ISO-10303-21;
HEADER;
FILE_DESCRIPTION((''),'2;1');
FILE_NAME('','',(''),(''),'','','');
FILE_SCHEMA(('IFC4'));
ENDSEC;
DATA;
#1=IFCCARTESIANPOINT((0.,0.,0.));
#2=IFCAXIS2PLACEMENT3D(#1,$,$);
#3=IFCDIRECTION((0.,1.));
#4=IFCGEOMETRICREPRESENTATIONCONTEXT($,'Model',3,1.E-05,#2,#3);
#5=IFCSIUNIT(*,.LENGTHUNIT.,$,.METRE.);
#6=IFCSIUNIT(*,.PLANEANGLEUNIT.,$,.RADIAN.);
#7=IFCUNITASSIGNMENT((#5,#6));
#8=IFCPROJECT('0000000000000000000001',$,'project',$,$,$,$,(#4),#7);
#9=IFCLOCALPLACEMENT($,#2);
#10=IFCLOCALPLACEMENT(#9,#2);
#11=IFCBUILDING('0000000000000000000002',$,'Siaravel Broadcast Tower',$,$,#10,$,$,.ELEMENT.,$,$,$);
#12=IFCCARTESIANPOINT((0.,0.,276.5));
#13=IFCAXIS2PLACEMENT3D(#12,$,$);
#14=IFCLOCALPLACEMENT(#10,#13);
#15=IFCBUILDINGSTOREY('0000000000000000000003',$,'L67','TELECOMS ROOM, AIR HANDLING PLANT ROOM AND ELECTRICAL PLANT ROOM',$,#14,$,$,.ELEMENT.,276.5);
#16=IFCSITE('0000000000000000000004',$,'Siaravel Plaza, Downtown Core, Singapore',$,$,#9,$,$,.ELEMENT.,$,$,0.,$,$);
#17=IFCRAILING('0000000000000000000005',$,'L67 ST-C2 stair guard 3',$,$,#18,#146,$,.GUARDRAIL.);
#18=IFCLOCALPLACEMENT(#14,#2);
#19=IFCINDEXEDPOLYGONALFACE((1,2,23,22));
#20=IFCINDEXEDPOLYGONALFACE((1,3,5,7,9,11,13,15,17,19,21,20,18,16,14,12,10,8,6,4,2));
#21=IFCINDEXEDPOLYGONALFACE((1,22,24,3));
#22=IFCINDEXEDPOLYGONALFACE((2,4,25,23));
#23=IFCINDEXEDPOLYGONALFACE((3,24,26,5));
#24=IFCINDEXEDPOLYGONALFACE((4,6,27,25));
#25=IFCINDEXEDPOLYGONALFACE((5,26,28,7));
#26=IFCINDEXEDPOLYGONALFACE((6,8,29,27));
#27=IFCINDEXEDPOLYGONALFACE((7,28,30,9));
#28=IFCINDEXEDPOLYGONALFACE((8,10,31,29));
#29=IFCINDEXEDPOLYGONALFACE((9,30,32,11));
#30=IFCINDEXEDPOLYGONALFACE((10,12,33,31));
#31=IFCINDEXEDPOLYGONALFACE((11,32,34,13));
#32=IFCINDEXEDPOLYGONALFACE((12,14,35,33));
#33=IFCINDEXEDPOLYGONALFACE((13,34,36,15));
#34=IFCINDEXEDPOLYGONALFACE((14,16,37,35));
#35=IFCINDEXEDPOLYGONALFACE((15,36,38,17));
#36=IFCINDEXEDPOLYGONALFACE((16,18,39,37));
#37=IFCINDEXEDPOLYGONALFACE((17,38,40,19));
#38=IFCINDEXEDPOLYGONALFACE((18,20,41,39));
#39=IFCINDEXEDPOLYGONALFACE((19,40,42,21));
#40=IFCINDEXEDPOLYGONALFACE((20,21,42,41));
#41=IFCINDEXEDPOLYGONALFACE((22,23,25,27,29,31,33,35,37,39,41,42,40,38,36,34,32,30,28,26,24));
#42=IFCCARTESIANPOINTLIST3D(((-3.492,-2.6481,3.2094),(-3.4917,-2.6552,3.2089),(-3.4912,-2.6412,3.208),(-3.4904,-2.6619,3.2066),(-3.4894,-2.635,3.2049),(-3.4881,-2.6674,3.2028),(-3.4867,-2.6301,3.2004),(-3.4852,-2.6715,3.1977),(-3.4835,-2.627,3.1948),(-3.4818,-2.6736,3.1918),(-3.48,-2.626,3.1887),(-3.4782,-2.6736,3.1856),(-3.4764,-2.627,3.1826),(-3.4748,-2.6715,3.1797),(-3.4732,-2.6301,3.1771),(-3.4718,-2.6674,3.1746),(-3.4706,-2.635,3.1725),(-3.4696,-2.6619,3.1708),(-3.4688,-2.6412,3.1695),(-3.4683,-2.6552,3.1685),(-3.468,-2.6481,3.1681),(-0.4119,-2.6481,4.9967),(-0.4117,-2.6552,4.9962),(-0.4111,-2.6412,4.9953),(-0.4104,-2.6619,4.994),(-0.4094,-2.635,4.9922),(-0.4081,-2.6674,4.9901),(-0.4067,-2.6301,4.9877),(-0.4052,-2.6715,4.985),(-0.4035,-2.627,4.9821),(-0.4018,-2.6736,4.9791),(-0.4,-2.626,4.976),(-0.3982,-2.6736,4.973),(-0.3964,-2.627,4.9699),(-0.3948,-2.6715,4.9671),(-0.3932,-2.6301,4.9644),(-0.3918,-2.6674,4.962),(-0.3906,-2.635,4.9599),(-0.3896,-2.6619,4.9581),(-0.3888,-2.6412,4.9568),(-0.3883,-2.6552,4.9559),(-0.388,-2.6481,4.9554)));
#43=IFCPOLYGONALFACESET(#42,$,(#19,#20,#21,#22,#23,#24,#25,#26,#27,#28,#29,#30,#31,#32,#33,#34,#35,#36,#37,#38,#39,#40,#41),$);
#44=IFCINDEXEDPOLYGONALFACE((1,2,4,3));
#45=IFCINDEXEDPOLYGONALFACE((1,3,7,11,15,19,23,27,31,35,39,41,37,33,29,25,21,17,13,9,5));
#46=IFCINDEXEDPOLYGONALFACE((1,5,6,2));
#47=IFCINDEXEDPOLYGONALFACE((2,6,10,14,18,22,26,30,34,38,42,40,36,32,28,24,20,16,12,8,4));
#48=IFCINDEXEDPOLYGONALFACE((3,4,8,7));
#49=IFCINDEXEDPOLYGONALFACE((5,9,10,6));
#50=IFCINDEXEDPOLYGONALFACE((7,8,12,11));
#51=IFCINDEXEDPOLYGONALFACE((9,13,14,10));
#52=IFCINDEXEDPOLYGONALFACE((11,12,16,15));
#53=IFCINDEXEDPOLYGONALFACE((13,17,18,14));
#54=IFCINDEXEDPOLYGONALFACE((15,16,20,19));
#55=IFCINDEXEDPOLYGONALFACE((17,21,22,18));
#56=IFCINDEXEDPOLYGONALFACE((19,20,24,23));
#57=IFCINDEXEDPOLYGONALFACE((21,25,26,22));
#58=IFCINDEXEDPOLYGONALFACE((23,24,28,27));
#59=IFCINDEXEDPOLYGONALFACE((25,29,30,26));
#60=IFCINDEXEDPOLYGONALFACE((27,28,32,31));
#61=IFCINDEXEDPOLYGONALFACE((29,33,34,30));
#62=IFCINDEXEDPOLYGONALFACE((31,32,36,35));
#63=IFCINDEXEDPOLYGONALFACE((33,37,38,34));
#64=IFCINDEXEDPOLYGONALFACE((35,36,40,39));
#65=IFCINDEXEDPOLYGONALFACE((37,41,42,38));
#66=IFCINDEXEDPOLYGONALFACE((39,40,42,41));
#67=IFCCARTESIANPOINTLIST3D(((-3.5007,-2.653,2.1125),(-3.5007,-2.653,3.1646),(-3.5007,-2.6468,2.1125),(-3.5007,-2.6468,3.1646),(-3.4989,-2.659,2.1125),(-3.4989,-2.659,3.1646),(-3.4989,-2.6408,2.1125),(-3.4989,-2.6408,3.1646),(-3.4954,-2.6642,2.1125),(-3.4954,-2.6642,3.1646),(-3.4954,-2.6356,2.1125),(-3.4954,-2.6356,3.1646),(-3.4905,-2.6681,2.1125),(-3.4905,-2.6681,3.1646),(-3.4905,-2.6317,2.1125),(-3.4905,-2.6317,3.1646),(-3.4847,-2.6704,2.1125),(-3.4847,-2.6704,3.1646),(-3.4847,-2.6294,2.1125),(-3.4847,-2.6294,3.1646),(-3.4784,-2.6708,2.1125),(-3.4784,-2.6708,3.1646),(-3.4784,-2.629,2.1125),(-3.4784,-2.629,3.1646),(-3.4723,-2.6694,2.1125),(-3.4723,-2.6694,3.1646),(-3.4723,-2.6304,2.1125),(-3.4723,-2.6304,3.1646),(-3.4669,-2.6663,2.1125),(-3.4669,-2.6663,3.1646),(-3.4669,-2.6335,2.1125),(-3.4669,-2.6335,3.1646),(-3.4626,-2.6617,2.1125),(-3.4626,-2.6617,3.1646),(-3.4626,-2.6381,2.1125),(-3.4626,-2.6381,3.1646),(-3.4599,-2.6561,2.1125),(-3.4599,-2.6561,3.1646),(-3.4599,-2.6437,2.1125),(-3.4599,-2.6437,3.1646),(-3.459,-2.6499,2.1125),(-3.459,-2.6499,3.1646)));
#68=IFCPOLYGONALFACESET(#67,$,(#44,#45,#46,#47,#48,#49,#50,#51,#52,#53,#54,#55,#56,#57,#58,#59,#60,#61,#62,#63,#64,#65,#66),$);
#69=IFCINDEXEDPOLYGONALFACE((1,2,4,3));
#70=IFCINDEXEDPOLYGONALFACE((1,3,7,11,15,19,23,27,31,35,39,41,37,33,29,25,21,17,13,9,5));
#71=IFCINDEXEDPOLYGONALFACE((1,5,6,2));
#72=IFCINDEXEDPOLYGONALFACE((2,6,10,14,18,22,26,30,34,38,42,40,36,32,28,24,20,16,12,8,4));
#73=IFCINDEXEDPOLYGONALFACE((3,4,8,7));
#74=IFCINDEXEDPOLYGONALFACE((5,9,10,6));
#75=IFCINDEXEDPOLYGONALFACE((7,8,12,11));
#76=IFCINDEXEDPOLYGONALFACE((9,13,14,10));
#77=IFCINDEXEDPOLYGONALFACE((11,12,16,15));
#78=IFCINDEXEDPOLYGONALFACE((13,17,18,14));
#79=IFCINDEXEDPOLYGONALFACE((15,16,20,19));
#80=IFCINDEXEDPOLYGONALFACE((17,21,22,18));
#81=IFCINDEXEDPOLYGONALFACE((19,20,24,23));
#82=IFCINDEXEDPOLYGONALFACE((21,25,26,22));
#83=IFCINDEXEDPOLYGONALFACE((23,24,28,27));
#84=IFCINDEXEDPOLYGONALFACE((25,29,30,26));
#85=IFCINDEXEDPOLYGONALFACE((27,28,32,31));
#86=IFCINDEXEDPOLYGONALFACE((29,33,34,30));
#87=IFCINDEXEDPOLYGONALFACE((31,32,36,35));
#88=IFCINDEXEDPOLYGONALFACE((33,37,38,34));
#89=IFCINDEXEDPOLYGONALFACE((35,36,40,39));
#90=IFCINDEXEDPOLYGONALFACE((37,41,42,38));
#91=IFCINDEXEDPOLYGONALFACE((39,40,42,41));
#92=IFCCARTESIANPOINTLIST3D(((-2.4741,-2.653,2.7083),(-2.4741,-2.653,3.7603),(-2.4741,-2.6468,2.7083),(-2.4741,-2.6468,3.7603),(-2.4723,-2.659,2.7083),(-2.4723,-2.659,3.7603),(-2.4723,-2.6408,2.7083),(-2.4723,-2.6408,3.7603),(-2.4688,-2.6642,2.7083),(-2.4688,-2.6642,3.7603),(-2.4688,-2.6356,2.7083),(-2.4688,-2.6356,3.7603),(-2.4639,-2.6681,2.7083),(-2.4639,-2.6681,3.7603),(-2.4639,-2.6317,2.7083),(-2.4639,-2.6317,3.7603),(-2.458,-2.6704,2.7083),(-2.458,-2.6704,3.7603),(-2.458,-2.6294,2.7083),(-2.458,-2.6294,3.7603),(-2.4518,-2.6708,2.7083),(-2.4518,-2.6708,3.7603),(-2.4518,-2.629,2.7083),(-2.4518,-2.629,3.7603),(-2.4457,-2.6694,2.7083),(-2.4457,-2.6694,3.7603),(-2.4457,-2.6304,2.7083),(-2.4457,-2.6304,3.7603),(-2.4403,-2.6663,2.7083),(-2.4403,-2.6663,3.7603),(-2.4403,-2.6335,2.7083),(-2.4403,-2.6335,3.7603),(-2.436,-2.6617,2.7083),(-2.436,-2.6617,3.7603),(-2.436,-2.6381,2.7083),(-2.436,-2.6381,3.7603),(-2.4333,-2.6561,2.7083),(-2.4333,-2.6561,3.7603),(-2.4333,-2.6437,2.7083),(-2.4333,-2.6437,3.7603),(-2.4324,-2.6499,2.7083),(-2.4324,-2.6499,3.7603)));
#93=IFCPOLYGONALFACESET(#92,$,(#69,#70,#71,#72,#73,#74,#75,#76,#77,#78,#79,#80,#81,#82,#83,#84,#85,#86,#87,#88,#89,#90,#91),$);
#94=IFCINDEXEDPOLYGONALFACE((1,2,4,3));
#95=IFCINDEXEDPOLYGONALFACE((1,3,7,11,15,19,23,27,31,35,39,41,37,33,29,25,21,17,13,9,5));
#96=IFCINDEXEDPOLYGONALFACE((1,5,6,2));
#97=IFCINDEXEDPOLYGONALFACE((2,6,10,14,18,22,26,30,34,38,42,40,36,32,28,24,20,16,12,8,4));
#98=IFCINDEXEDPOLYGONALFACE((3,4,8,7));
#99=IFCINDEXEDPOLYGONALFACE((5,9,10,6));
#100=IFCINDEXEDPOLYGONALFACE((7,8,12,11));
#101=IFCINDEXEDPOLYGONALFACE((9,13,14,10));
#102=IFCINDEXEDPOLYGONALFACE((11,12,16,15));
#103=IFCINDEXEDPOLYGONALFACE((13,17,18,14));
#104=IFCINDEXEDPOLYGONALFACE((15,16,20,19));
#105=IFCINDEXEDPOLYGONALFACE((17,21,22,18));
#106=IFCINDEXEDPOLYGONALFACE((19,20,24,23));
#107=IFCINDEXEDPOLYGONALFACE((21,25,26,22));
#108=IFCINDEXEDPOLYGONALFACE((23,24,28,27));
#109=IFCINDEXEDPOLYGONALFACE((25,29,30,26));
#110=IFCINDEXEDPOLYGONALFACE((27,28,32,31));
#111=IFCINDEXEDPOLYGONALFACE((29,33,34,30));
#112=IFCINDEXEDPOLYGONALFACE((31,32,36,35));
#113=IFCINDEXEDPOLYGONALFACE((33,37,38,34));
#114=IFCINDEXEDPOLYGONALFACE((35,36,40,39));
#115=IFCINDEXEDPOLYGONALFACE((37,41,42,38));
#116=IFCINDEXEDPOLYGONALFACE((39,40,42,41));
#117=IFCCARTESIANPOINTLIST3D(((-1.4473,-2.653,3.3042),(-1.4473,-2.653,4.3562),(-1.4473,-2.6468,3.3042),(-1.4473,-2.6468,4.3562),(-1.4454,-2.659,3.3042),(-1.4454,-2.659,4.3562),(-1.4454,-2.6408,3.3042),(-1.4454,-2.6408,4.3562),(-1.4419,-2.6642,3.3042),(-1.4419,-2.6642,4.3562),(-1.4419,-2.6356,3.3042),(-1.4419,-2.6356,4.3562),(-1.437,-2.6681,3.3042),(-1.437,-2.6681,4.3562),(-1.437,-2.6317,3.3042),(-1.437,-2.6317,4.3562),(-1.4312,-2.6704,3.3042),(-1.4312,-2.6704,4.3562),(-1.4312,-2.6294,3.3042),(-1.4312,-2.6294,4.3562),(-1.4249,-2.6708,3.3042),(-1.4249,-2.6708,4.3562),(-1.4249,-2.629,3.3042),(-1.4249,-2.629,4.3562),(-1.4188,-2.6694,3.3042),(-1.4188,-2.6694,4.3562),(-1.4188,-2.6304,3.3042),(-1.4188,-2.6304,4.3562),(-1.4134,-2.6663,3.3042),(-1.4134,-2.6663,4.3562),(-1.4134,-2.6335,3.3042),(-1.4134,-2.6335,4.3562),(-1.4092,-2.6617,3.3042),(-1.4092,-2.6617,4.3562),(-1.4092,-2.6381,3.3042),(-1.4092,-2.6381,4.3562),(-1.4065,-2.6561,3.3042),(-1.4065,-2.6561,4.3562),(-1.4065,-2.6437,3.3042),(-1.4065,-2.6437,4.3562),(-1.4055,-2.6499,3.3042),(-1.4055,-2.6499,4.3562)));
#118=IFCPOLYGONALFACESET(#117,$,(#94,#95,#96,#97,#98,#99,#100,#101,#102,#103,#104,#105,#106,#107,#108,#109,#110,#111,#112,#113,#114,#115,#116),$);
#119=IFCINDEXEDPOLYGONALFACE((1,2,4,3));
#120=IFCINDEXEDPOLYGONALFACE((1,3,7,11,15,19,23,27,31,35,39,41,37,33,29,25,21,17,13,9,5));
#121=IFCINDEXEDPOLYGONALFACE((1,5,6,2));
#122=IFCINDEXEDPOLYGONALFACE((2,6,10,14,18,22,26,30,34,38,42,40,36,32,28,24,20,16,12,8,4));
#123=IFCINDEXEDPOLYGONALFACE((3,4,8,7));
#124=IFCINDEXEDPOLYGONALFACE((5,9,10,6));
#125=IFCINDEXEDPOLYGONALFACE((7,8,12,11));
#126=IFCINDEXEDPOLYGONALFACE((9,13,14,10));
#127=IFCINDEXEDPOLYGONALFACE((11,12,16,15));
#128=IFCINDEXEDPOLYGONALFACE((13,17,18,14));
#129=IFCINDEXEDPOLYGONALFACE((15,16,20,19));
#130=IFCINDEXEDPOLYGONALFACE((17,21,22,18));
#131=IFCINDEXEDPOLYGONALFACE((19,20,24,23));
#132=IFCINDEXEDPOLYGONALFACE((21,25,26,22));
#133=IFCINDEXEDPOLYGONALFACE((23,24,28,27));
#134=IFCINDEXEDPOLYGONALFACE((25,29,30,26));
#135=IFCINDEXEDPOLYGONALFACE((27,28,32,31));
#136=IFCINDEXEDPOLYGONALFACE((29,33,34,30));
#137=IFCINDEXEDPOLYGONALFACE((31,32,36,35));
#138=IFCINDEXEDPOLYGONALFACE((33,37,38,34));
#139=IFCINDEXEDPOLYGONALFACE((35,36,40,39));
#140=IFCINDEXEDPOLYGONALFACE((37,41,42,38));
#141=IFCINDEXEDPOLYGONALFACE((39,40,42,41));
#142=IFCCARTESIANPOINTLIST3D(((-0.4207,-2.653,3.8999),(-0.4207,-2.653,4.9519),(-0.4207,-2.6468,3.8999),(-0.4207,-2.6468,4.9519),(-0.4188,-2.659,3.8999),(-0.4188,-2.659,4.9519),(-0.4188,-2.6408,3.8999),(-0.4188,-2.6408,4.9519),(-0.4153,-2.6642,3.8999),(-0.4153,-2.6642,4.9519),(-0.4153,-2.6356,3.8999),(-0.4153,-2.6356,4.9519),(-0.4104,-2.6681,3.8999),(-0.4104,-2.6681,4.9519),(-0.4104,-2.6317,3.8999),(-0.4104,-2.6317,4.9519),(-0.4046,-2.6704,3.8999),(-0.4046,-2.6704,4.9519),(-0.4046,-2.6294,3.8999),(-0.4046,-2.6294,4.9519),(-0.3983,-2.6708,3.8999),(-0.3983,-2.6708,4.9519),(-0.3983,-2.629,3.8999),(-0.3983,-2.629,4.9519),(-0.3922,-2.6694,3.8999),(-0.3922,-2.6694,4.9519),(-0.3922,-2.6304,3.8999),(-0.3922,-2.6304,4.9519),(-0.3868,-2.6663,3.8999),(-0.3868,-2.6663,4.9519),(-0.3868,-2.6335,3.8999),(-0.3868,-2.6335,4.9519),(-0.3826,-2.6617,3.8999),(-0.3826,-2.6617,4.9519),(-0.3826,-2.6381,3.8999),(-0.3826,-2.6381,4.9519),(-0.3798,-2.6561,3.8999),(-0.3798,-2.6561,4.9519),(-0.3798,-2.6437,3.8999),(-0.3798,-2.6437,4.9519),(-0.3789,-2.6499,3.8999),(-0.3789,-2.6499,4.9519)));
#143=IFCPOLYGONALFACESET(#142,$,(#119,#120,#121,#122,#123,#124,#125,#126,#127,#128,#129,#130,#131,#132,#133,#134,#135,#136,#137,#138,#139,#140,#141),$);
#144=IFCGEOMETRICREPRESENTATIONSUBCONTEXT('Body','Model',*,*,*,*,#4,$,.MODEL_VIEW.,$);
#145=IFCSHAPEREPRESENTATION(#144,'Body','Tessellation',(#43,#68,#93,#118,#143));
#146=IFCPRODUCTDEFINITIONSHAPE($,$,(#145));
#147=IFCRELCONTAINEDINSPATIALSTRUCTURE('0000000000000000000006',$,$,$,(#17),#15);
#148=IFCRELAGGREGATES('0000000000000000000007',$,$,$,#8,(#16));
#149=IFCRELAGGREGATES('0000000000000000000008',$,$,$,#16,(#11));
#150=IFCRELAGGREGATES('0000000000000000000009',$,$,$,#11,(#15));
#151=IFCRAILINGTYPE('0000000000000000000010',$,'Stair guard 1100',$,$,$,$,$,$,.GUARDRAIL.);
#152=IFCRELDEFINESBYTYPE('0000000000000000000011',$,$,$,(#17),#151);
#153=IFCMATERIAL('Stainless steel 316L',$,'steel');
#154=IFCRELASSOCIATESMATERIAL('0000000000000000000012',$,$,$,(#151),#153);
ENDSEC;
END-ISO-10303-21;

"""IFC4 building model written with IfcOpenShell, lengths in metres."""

from ifc_helpers import new_model, si_unit, direction, frame, origin, origin_2d, place, context, subcontext, project, spatial, circle, extrude, material, type_object, element, save


model = new_model("IFC4")

# Units and contexts
model_context = context("Model", 3, precision=1e-05, world=origin(), true_north=direction((0.0, 1.0)))
body_context = subcontext(model_context, "Body", "Model", "MODEL_VIEW")
ifc_project = project(units=[si_unit("LENGTHUNIT", "METRE"), si_unit("PLANEANGLEUNIT", "RADIAN")], contexts=[model_context])

# Site, building, storey
site_placement = place(None, origin())
site = spatial("IfcSite", under=ifc_project, at=site_placement, Name="Siaravel Plaza, Downtown Core, Singapore", CompositionType="ELEMENT", RefElevation=0.0)
building_placement = place(site_placement, origin())
building = spatial("IfcBuilding", under=site, at=building_placement, Name="Siaravel Broadcast Tower", CompositionType="ELEMENT")
storey_placement = place(building_placement, frame((0.0, 0.0, 276.5)))
storey = spatial("IfcBuildingStorey", under=building, at=storey_placement, Name="L67", Description="TELECOMS ROOM, AIR HANDLING PLANT ROOM AND ELECTRICAL PLANT ROOM", CompositionType="ELEMENT", Elevation=276.5)

# Shared definitions
ifc_material_1 = material(Name="Stainless steel 316L", Category="steel")

# Railing
railing_type_1 = type_object("IfcRailingType", Name="Stair guard 1100", PredefinedType="GUARDRAIL", material=ifc_material_1)
railing_1_placement = place(storey_placement, frame((-3.48, -2.6499, 2.1125)))
element("IfcRailing", 1, at=railing_1_placement, inside=storey, type_object=railing_type_1, Name="L67 ST-C2 stair guard 3", PredefinedType="GUARDRAIL", context=body_context, shape_type="SweptSolid", body=[
    extrude(circle(Radius=0.0239, at=origin_2d()), frame((0.0, 0.0, 1.0762), z_axis=(0.86492, 0.0, 0.501909), x_axis=(0.0, 1.0, 0.0)), (0.0, 0.0, 1.0), 3.561),
    extrude(circle(Radius=0.021, at=origin_2d()), origin(), (0.0, 0.0, 1.0), 1.052),
    extrude(circle(Radius=0.021, at=origin_2d()), frame((1.0266, 0.0, 0.5957)), (0.0, 0.0, 1.0), 1.052),
    extrude(circle(Radius=0.021, at=origin_2d()), frame((2.0535, 0.0, 1.1917)), (0.0, 0.0, 1.0), 1.052),
    extrude(circle(Radius=0.021, at=origin_2d()), frame((3.0801, 0.0, 1.7874)), (0.0, 0.0, 1.0), 1.052),
])

save(model, "model.ifc")
